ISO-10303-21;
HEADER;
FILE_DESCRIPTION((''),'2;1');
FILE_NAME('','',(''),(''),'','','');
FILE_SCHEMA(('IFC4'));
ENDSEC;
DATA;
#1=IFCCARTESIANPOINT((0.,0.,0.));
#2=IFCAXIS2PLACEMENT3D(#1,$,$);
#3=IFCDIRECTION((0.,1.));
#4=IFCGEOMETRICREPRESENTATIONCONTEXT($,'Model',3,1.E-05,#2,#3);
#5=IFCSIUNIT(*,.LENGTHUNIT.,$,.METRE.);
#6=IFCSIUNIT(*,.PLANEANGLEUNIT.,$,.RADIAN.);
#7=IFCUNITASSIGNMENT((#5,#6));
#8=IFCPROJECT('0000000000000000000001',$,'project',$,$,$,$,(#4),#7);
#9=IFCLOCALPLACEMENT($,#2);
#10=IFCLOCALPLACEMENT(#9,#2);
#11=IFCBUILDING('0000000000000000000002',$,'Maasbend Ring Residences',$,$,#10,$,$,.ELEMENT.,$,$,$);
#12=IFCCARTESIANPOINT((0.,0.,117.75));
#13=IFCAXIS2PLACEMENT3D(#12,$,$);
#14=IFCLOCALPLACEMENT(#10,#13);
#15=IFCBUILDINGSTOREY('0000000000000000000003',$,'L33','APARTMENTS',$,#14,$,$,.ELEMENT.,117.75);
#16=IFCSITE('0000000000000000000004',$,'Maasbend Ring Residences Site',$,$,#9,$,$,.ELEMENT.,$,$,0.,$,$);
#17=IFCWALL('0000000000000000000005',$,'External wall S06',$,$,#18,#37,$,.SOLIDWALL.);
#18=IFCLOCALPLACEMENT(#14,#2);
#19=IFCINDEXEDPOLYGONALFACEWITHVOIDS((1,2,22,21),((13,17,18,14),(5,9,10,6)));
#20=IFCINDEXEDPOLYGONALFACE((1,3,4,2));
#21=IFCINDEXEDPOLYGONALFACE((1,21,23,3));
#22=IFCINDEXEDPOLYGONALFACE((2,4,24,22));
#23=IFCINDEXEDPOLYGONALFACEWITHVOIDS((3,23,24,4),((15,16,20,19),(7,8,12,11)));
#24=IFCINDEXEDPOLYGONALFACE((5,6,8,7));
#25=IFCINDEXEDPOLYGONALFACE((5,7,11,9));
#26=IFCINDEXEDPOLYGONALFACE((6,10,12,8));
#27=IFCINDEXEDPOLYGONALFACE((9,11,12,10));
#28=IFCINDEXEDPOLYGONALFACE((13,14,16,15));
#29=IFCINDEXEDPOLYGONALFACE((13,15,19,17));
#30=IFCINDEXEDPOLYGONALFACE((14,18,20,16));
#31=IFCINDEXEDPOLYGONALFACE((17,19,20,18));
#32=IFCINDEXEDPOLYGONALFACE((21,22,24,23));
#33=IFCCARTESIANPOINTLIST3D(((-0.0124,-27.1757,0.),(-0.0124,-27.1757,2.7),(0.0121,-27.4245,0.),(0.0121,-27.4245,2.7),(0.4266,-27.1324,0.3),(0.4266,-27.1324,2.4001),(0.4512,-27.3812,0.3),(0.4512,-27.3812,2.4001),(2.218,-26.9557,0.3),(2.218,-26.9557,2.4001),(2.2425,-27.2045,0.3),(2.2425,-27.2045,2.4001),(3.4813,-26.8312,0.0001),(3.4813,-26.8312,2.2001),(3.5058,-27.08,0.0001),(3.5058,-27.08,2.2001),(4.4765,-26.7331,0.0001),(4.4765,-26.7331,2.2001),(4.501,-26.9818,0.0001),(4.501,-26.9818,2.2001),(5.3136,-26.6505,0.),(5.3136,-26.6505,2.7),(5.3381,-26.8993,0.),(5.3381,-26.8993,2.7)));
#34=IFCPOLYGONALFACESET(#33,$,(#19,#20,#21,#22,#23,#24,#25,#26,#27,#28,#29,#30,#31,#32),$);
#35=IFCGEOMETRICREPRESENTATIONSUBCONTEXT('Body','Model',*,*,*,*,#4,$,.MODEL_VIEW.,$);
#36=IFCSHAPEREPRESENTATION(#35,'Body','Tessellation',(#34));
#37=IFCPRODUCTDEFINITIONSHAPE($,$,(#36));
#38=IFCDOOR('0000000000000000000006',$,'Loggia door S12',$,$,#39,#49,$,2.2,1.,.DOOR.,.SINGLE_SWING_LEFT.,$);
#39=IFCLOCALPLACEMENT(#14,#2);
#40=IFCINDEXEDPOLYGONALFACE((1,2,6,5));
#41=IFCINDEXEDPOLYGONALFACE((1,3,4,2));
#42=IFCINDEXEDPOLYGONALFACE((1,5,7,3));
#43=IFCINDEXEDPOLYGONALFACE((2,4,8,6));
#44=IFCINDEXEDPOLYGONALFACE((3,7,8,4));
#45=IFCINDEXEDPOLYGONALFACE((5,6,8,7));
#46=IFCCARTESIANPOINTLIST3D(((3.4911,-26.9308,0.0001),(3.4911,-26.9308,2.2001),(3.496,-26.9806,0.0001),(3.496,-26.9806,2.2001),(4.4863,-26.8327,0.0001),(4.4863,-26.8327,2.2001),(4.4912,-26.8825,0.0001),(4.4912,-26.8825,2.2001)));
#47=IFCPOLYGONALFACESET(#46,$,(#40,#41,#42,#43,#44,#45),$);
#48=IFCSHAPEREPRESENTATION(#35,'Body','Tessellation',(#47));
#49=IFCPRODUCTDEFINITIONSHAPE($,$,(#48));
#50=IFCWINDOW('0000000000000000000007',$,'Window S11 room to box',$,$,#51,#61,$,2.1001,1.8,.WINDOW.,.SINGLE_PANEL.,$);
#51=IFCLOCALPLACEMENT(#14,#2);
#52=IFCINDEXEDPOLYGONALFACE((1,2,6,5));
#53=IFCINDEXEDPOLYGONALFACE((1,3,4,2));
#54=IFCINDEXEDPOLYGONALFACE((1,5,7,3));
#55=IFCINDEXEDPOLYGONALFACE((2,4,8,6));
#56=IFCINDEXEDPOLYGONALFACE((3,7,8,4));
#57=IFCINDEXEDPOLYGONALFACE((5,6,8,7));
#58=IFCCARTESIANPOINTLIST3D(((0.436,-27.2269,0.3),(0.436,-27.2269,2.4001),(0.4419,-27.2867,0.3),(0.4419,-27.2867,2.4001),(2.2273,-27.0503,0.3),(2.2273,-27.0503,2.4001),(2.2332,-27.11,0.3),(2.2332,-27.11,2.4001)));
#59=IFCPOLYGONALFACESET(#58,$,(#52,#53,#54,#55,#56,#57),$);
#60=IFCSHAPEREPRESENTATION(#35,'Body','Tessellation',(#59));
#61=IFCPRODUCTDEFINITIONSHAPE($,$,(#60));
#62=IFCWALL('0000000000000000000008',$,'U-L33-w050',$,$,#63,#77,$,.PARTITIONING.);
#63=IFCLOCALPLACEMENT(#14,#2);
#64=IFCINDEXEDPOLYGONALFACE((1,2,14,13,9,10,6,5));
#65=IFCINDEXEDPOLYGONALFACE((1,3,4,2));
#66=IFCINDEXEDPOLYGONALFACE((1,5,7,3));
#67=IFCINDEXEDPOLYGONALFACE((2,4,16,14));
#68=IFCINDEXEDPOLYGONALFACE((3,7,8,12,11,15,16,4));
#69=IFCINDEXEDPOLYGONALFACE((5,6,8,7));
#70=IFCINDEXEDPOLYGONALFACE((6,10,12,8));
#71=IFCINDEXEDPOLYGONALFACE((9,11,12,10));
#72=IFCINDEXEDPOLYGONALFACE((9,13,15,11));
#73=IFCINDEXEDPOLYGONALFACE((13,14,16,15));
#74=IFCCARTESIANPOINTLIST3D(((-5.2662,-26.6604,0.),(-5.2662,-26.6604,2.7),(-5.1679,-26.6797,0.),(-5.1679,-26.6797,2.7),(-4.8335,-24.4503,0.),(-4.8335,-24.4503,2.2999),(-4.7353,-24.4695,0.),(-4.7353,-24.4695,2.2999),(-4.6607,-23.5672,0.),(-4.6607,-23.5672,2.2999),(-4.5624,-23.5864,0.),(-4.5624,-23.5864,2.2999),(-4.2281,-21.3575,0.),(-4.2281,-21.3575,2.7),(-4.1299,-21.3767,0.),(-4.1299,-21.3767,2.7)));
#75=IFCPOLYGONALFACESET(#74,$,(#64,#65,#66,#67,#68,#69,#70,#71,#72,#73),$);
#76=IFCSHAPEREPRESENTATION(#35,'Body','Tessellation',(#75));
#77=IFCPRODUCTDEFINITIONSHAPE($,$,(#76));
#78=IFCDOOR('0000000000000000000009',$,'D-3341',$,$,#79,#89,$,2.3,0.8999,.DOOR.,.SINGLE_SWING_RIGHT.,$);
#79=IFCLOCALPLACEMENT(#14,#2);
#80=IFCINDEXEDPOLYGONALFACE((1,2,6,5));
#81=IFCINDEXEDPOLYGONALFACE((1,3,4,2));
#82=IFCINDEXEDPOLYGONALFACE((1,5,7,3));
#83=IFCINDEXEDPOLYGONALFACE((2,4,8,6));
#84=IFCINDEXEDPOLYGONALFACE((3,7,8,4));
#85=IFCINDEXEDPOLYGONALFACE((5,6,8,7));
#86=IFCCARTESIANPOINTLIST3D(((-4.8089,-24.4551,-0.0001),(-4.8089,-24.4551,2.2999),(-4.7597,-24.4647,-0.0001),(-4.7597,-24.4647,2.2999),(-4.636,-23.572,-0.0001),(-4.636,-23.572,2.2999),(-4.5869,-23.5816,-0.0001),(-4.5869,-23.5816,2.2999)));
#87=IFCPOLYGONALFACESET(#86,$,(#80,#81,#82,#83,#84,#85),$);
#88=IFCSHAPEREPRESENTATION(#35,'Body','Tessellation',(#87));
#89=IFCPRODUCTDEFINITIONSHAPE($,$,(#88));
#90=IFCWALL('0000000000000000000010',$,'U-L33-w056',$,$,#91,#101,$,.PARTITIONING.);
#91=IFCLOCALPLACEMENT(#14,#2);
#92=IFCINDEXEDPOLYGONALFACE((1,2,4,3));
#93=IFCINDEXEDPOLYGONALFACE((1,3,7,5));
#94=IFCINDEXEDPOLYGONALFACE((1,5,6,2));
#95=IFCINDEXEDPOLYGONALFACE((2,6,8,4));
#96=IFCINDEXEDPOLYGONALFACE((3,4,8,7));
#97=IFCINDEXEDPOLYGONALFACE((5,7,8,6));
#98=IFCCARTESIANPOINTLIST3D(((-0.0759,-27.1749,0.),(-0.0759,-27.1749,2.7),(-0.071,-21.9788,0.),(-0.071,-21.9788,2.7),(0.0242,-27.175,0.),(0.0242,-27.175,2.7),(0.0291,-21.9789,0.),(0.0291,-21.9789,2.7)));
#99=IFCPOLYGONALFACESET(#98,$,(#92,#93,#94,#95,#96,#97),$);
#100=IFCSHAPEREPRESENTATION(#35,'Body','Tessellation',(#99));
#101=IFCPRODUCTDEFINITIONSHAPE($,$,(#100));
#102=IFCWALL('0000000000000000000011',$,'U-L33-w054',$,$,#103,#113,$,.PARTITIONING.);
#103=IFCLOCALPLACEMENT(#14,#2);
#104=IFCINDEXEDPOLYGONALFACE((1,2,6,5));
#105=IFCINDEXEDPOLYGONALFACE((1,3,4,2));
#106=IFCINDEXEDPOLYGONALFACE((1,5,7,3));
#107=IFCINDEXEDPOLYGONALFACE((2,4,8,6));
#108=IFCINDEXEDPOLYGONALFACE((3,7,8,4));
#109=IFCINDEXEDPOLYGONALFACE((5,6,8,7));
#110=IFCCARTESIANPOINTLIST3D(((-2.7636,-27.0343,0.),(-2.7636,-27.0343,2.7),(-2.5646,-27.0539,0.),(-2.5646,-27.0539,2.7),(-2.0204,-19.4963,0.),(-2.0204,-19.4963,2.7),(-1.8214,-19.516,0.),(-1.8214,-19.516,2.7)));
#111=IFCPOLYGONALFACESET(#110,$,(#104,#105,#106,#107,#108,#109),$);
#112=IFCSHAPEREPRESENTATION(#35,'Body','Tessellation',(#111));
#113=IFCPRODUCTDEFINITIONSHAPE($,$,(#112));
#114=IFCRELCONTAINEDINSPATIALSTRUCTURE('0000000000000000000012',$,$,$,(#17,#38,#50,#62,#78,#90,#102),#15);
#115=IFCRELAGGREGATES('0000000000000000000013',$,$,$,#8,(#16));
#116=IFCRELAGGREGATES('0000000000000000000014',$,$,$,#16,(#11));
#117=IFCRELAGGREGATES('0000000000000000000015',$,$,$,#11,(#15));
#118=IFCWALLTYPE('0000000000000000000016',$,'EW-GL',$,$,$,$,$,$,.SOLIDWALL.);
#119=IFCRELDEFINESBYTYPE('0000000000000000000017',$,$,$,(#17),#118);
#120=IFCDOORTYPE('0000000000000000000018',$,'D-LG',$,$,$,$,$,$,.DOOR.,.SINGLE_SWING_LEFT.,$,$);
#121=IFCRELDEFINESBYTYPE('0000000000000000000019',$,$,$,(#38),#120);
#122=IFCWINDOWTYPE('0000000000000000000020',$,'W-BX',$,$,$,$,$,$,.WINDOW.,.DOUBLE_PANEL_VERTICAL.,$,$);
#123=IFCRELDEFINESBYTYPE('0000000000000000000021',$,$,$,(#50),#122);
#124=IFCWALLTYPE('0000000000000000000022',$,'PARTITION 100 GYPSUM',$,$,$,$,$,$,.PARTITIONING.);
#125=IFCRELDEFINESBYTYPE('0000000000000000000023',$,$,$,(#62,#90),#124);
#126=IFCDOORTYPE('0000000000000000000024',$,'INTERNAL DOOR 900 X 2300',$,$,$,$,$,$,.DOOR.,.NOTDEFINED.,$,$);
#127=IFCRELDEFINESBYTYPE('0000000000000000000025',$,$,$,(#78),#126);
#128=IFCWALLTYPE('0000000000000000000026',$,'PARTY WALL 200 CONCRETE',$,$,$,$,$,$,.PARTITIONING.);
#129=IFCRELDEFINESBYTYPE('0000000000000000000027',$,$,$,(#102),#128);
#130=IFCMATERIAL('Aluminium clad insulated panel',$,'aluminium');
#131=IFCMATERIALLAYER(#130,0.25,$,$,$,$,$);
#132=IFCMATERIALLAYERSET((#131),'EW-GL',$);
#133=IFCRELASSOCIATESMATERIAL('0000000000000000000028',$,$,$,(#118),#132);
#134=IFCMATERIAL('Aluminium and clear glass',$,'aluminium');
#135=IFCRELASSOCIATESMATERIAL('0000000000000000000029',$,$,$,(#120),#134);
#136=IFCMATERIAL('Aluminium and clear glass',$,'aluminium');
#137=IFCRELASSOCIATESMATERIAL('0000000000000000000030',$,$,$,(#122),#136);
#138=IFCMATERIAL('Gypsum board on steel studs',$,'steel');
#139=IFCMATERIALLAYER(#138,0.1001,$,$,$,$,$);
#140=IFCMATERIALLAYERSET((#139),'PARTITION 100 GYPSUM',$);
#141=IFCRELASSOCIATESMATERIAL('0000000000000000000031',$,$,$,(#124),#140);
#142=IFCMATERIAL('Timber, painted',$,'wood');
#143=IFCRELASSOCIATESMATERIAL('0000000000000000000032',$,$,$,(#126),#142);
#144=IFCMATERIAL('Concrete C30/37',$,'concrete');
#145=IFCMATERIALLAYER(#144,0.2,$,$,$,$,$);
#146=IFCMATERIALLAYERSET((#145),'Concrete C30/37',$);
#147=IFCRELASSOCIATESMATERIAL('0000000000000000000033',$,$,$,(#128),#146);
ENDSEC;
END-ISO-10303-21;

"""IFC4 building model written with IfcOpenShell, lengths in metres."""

from ifc_helpers import new_model, si_unit, direction, frame, frame_2d, origin, place, context, subcontext, project, spatial, rectangle, extrude, material, layer, layer_set, type_object, element, fill, save


model = new_model("IFC4")

# Units and contexts
model_context = context("Model", 3, precision=1e-05, world=origin(), true_north=direction((0.0, 1.0)))
body_context = subcontext(model_context, "Body", "Model", "MODEL_VIEW")
ifc_project = project(units=[si_unit("LENGTHUNIT", "METRE"), si_unit("PLANEANGLEUNIT", "RADIAN")], contexts=[model_context])

# Site, building, storey
site_placement = place(None, origin())
site = spatial("IfcSite", under=ifc_project, at=site_placement, Name="Maasbend Ring Residences Site", CompositionType="ELEMENT", RefElevation=0.0)
building_placement = place(site_placement, origin())
building = spatial("IfcBuilding", under=site, at=building_placement, Name="Maasbend Ring Residences", CompositionType="ELEMENT")
storey_placement = place(building_placement, frame((0.0, 0.0, 117.75)))
storey = spatial("IfcBuildingStorey", under=building, at=storey_placement, Name="L33", Description="APARTMENTS", CompositionType="ELEMENT", Elevation=117.75)

# Wall, openings, door, window
ifc_material_1 = material(Name="Aluminium clad insulated panel", Category="aluminium")
ifc_layer_1 = layer(ifc_material_1, 0.25)
ifc_layer_set_1 = layer_set([ifc_layer_1], Name="EW-GL")
wall_type_1 = type_object("IfcWallType", Name="EW-GL", PredefinedType="SOLIDWALL", material=ifc_layer_set_1)
ifc_material_2 = material(Name="Aluminium and clear glass", Category="aluminium")
door_type_1 = type_object("IfcDoorType", Name="D-LG", OperationType="SINGLE_SWING_LEFT", PredefinedType="DOOR", material=ifc_material_2)
ifc_material_3 = material(Name="Aluminium and clear glass", Category="aluminium")
window_type_1 = type_object("IfcWindowType", Name="W-BX", PartitioningType="DOUBLE_PANEL_VERTICAL", PredefinedType="WINDOW", material=ifc_material_3)
wall_1_placement = place(storey_placement, frame((0.0, -27.3, 0.0), z_axis=(0.0, 0.0, 1.0), x_axis=(0.995174, 0.098126, 0.0)))
wall_1 = element("IfcWall", 1, at=wall_1_placement, inside=storey, type_object=wall_type_1, Name="External wall S06", PredefinedType="SOLIDWALL", context=body_context, shape_type="SweptSolid", body=[
    extrude(rectangle(XDim=5.3518, YDim=0.25, at=frame_2d((2.6758, 0.0))), origin(), (0.0, 0.0, 1.0), 2.7),
])
opening_1_placement = place(wall_1_placement, frame((0.4412, 0.0, 0.3)))
opening_1 = element("IfcOpeningElement", 2, at=opening_1_placement, cuts=wall_1, PredefinedType="OPENING", context=body_context, shape_type="SweptSolid", body=[
    extrude(rectangle(XDim=1.8, YDim=2.1001, at=frame_2d((0.8999, 1.05))), frame((0.0, 0.135, 0.0), z_axis=(0.0, -1.0, 0.0), x_axis=(1.0, 0.0, 0.0)), (0.0, 0.0, 1.0), 0.27),
])
opening_2_placement = place(wall_1_placement, frame((3.5105, 0.0, 0.0)))
opening_2 = element("IfcOpeningElement", 3, at=opening_2_placement, cuts=wall_1, PredefinedType="OPENING", context=body_context, shape_type="SweptSolid", body=[
    extrude(rectangle(XDim=1.0, YDim=2.2, at=frame_2d((0.5, 1.1001))), frame((0.0, 0.135, 0.0), z_axis=(0.0, -1.0, 0.0), x_axis=(1.0, 0.0, 0.0)), (0.0, 0.0, 1.0), 0.27),
])
door_1_placement = place(opening_2_placement, origin())
door_1 = element("IfcDoor", 4, at=door_1_placement, inside=storey, type_object=door_type_1, Name="Loggia door S12", OperationType="SINGLE_SWING_LEFT", OverallHeight=2.2, OverallWidth=1.0, PredefinedType="DOOR", context=body_context, shape_type="SweptSolid", body=[
    extrude(rectangle(XDim=1.0, YDim=2.2, at=frame_2d((0.5, 1.1001))), frame((0.0, 0.0249, 0.0), z_axis=(0.0, -1.0, 0.0), x_axis=(1.0, 0.0, 0.0)), (0.0, 0.0, 1.0), 0.05),
])
fill(opening_2, door_1)
window_1_placement = place(opening_1_placement, origin())
window_1 = element("IfcWindow", 5, at=window_1_placement, inside=storey, type_object=window_type_1, Name="Window S11 room to box", OverallHeight=2.1001, OverallWidth=1.8, PartitioningType="SINGLE_PANEL", PredefinedType="WINDOW", context=body_context, shape_type="SweptSolid", body=[
    extrude(rectangle(XDim=1.8, YDim=2.1001, at=frame_2d((0.8999, 1.05))), frame((0.0, 0.03, 0.0), z_axis=(0.0, -1.0, 0.0), x_axis=(1.0, 0.0, 0.0)), (0.0, 0.0, 1.0), 0.0601),
])
fill(opening_1, window_1)

# Wall, opening, door
ifc_material_4 = material(Name="Gypsum board on steel studs", Category="steel")
ifc_layer_2 = layer(ifc_material_4, 0.1001)
ifc_layer_set_2 = layer_set([ifc_layer_2], Name="PARTITION 100 GYPSUM")
wall_type_2 = type_object("IfcWallType", Name="PARTITION 100 GYPSUM", PredefinedType="PARTITIONING", material=ifc_layer_set_2)
wall_2_placement = place(storey_placement, frame((-5.217, -26.6699, 0.0), z_axis=(0.0, 0.0, 1.0), x_axis=(0.192109, 0.981374, 0.0)))
wall_2 = element("IfcWall", 6, at=wall_2_placement, inside=storey, type_object=wall_type_2, Name="U-L33-w050", PredefinedType="PARTITIONING", context=body_context, shape_type="SweptSolid", body=[
    extrude(rectangle(XDim=5.4036, YDim=0.1001, at=frame_2d((2.7017, 0.0))), origin(), (0.0, 0.0, 1.0), 2.7),
])
opening_3_placement = place(wall_2_placement, frame((2.252, 0.0, 0.0)))
opening_3 = element("IfcOpeningElement", 7, at=opening_3_placement, cuts=wall_2, PredefinedType="OPENING", context=body_context, shape_type="SweptSolid", body=[
    extrude(rectangle(XDim=0.8999, YDim=2.3, at=frame_2d((0.45, 1.1499))), frame((0.0, 0.0601, 0.0), z_axis=(0.0, -1.0, 0.0), x_axis=(1.0, 0.0, 0.0)), (0.0, 0.0, 1.0), 0.1201),
])
ifc_material_5 = material(Name="Timber, painted", Category="wood")
door_type_2 = type_object("IfcDoorType", Name="INTERNAL DOOR 900 X 2300", OperationType="NOTDEFINED", PredefinedType="DOOR", material=ifc_material_5)
door_2_placement = place(opening_3_placement, origin())
door_2 = element("IfcDoor", 8, at=door_2_placement, inside=storey, type_object=door_type_2, Name="D-3341", OperationType="SINGLE_SWING_RIGHT", OverallHeight=2.3, OverallWidth=0.8999, PredefinedType="DOOR", context=body_context, shape_type="SweptSolid", body=[
    extrude(rectangle(XDim=0.8999, YDim=2.3, at=frame_2d((0.45, 1.1499))), frame((0.0, 0.0249, 0.0), z_axis=(0.0, -1.0, 0.0), x_axis=(1.0, 0.0, 0.0)), (0.0, 0.0, 1.0), 0.05),
])
fill(opening_3, door_2)

# Walls
wall_3_placement = place(storey_placement, frame((-0.0259, -27.175, 0.0), z_axis=(0.0, 0.0, 1.0), x_axis=(0.00094, 1.0, 0.0)))
element("IfcWall", 9, at=wall_3_placement, inside=storey, type_object=wall_type_2, Name="U-L33-w056", PredefinedType="PARTITIONING", context=body_context, shape_type="SweptSolid", body=[
    extrude(rectangle(XDim=5.196, YDim=0.1001, at=frame_2d((2.5981, 0.0))), origin(), (0.0, 0.0, 1.0), 2.7),
])
ifc_material_6 = material(Name="Concrete C30/37", Category="concrete")
ifc_layer_3 = layer(ifc_material_6, 0.2)
ifc_layer_set_3 = layer_set([ifc_layer_3], Name="Concrete C30/37")
wall_type_3 = type_object("IfcWallType", Name="PARTY WALL 200 CONCRETE", PredefinedType="PARTITIONING", material=ifc_layer_set_3)
wall_4_placement = place(storey_placement, frame((-2.6641, -27.0439, 0.0), z_axis=(0.0, 0.0, 1.0), x_axis=(0.098115, 0.995175, 0.0)))
element("IfcWall", 10, at=wall_4_placement, inside=storey, type_object=wall_type_3, Name="U-L33-w054", PredefinedType="PARTITIONING", context=body_context, shape_type="SweptSolid", body=[
    extrude(rectangle(XDim=7.5745, YDim=0.2, at=frame_2d((3.7871, 0.0))), origin(), (0.0, 0.0, 1.0), 2.7),
])

save(model, "model.ifc")
